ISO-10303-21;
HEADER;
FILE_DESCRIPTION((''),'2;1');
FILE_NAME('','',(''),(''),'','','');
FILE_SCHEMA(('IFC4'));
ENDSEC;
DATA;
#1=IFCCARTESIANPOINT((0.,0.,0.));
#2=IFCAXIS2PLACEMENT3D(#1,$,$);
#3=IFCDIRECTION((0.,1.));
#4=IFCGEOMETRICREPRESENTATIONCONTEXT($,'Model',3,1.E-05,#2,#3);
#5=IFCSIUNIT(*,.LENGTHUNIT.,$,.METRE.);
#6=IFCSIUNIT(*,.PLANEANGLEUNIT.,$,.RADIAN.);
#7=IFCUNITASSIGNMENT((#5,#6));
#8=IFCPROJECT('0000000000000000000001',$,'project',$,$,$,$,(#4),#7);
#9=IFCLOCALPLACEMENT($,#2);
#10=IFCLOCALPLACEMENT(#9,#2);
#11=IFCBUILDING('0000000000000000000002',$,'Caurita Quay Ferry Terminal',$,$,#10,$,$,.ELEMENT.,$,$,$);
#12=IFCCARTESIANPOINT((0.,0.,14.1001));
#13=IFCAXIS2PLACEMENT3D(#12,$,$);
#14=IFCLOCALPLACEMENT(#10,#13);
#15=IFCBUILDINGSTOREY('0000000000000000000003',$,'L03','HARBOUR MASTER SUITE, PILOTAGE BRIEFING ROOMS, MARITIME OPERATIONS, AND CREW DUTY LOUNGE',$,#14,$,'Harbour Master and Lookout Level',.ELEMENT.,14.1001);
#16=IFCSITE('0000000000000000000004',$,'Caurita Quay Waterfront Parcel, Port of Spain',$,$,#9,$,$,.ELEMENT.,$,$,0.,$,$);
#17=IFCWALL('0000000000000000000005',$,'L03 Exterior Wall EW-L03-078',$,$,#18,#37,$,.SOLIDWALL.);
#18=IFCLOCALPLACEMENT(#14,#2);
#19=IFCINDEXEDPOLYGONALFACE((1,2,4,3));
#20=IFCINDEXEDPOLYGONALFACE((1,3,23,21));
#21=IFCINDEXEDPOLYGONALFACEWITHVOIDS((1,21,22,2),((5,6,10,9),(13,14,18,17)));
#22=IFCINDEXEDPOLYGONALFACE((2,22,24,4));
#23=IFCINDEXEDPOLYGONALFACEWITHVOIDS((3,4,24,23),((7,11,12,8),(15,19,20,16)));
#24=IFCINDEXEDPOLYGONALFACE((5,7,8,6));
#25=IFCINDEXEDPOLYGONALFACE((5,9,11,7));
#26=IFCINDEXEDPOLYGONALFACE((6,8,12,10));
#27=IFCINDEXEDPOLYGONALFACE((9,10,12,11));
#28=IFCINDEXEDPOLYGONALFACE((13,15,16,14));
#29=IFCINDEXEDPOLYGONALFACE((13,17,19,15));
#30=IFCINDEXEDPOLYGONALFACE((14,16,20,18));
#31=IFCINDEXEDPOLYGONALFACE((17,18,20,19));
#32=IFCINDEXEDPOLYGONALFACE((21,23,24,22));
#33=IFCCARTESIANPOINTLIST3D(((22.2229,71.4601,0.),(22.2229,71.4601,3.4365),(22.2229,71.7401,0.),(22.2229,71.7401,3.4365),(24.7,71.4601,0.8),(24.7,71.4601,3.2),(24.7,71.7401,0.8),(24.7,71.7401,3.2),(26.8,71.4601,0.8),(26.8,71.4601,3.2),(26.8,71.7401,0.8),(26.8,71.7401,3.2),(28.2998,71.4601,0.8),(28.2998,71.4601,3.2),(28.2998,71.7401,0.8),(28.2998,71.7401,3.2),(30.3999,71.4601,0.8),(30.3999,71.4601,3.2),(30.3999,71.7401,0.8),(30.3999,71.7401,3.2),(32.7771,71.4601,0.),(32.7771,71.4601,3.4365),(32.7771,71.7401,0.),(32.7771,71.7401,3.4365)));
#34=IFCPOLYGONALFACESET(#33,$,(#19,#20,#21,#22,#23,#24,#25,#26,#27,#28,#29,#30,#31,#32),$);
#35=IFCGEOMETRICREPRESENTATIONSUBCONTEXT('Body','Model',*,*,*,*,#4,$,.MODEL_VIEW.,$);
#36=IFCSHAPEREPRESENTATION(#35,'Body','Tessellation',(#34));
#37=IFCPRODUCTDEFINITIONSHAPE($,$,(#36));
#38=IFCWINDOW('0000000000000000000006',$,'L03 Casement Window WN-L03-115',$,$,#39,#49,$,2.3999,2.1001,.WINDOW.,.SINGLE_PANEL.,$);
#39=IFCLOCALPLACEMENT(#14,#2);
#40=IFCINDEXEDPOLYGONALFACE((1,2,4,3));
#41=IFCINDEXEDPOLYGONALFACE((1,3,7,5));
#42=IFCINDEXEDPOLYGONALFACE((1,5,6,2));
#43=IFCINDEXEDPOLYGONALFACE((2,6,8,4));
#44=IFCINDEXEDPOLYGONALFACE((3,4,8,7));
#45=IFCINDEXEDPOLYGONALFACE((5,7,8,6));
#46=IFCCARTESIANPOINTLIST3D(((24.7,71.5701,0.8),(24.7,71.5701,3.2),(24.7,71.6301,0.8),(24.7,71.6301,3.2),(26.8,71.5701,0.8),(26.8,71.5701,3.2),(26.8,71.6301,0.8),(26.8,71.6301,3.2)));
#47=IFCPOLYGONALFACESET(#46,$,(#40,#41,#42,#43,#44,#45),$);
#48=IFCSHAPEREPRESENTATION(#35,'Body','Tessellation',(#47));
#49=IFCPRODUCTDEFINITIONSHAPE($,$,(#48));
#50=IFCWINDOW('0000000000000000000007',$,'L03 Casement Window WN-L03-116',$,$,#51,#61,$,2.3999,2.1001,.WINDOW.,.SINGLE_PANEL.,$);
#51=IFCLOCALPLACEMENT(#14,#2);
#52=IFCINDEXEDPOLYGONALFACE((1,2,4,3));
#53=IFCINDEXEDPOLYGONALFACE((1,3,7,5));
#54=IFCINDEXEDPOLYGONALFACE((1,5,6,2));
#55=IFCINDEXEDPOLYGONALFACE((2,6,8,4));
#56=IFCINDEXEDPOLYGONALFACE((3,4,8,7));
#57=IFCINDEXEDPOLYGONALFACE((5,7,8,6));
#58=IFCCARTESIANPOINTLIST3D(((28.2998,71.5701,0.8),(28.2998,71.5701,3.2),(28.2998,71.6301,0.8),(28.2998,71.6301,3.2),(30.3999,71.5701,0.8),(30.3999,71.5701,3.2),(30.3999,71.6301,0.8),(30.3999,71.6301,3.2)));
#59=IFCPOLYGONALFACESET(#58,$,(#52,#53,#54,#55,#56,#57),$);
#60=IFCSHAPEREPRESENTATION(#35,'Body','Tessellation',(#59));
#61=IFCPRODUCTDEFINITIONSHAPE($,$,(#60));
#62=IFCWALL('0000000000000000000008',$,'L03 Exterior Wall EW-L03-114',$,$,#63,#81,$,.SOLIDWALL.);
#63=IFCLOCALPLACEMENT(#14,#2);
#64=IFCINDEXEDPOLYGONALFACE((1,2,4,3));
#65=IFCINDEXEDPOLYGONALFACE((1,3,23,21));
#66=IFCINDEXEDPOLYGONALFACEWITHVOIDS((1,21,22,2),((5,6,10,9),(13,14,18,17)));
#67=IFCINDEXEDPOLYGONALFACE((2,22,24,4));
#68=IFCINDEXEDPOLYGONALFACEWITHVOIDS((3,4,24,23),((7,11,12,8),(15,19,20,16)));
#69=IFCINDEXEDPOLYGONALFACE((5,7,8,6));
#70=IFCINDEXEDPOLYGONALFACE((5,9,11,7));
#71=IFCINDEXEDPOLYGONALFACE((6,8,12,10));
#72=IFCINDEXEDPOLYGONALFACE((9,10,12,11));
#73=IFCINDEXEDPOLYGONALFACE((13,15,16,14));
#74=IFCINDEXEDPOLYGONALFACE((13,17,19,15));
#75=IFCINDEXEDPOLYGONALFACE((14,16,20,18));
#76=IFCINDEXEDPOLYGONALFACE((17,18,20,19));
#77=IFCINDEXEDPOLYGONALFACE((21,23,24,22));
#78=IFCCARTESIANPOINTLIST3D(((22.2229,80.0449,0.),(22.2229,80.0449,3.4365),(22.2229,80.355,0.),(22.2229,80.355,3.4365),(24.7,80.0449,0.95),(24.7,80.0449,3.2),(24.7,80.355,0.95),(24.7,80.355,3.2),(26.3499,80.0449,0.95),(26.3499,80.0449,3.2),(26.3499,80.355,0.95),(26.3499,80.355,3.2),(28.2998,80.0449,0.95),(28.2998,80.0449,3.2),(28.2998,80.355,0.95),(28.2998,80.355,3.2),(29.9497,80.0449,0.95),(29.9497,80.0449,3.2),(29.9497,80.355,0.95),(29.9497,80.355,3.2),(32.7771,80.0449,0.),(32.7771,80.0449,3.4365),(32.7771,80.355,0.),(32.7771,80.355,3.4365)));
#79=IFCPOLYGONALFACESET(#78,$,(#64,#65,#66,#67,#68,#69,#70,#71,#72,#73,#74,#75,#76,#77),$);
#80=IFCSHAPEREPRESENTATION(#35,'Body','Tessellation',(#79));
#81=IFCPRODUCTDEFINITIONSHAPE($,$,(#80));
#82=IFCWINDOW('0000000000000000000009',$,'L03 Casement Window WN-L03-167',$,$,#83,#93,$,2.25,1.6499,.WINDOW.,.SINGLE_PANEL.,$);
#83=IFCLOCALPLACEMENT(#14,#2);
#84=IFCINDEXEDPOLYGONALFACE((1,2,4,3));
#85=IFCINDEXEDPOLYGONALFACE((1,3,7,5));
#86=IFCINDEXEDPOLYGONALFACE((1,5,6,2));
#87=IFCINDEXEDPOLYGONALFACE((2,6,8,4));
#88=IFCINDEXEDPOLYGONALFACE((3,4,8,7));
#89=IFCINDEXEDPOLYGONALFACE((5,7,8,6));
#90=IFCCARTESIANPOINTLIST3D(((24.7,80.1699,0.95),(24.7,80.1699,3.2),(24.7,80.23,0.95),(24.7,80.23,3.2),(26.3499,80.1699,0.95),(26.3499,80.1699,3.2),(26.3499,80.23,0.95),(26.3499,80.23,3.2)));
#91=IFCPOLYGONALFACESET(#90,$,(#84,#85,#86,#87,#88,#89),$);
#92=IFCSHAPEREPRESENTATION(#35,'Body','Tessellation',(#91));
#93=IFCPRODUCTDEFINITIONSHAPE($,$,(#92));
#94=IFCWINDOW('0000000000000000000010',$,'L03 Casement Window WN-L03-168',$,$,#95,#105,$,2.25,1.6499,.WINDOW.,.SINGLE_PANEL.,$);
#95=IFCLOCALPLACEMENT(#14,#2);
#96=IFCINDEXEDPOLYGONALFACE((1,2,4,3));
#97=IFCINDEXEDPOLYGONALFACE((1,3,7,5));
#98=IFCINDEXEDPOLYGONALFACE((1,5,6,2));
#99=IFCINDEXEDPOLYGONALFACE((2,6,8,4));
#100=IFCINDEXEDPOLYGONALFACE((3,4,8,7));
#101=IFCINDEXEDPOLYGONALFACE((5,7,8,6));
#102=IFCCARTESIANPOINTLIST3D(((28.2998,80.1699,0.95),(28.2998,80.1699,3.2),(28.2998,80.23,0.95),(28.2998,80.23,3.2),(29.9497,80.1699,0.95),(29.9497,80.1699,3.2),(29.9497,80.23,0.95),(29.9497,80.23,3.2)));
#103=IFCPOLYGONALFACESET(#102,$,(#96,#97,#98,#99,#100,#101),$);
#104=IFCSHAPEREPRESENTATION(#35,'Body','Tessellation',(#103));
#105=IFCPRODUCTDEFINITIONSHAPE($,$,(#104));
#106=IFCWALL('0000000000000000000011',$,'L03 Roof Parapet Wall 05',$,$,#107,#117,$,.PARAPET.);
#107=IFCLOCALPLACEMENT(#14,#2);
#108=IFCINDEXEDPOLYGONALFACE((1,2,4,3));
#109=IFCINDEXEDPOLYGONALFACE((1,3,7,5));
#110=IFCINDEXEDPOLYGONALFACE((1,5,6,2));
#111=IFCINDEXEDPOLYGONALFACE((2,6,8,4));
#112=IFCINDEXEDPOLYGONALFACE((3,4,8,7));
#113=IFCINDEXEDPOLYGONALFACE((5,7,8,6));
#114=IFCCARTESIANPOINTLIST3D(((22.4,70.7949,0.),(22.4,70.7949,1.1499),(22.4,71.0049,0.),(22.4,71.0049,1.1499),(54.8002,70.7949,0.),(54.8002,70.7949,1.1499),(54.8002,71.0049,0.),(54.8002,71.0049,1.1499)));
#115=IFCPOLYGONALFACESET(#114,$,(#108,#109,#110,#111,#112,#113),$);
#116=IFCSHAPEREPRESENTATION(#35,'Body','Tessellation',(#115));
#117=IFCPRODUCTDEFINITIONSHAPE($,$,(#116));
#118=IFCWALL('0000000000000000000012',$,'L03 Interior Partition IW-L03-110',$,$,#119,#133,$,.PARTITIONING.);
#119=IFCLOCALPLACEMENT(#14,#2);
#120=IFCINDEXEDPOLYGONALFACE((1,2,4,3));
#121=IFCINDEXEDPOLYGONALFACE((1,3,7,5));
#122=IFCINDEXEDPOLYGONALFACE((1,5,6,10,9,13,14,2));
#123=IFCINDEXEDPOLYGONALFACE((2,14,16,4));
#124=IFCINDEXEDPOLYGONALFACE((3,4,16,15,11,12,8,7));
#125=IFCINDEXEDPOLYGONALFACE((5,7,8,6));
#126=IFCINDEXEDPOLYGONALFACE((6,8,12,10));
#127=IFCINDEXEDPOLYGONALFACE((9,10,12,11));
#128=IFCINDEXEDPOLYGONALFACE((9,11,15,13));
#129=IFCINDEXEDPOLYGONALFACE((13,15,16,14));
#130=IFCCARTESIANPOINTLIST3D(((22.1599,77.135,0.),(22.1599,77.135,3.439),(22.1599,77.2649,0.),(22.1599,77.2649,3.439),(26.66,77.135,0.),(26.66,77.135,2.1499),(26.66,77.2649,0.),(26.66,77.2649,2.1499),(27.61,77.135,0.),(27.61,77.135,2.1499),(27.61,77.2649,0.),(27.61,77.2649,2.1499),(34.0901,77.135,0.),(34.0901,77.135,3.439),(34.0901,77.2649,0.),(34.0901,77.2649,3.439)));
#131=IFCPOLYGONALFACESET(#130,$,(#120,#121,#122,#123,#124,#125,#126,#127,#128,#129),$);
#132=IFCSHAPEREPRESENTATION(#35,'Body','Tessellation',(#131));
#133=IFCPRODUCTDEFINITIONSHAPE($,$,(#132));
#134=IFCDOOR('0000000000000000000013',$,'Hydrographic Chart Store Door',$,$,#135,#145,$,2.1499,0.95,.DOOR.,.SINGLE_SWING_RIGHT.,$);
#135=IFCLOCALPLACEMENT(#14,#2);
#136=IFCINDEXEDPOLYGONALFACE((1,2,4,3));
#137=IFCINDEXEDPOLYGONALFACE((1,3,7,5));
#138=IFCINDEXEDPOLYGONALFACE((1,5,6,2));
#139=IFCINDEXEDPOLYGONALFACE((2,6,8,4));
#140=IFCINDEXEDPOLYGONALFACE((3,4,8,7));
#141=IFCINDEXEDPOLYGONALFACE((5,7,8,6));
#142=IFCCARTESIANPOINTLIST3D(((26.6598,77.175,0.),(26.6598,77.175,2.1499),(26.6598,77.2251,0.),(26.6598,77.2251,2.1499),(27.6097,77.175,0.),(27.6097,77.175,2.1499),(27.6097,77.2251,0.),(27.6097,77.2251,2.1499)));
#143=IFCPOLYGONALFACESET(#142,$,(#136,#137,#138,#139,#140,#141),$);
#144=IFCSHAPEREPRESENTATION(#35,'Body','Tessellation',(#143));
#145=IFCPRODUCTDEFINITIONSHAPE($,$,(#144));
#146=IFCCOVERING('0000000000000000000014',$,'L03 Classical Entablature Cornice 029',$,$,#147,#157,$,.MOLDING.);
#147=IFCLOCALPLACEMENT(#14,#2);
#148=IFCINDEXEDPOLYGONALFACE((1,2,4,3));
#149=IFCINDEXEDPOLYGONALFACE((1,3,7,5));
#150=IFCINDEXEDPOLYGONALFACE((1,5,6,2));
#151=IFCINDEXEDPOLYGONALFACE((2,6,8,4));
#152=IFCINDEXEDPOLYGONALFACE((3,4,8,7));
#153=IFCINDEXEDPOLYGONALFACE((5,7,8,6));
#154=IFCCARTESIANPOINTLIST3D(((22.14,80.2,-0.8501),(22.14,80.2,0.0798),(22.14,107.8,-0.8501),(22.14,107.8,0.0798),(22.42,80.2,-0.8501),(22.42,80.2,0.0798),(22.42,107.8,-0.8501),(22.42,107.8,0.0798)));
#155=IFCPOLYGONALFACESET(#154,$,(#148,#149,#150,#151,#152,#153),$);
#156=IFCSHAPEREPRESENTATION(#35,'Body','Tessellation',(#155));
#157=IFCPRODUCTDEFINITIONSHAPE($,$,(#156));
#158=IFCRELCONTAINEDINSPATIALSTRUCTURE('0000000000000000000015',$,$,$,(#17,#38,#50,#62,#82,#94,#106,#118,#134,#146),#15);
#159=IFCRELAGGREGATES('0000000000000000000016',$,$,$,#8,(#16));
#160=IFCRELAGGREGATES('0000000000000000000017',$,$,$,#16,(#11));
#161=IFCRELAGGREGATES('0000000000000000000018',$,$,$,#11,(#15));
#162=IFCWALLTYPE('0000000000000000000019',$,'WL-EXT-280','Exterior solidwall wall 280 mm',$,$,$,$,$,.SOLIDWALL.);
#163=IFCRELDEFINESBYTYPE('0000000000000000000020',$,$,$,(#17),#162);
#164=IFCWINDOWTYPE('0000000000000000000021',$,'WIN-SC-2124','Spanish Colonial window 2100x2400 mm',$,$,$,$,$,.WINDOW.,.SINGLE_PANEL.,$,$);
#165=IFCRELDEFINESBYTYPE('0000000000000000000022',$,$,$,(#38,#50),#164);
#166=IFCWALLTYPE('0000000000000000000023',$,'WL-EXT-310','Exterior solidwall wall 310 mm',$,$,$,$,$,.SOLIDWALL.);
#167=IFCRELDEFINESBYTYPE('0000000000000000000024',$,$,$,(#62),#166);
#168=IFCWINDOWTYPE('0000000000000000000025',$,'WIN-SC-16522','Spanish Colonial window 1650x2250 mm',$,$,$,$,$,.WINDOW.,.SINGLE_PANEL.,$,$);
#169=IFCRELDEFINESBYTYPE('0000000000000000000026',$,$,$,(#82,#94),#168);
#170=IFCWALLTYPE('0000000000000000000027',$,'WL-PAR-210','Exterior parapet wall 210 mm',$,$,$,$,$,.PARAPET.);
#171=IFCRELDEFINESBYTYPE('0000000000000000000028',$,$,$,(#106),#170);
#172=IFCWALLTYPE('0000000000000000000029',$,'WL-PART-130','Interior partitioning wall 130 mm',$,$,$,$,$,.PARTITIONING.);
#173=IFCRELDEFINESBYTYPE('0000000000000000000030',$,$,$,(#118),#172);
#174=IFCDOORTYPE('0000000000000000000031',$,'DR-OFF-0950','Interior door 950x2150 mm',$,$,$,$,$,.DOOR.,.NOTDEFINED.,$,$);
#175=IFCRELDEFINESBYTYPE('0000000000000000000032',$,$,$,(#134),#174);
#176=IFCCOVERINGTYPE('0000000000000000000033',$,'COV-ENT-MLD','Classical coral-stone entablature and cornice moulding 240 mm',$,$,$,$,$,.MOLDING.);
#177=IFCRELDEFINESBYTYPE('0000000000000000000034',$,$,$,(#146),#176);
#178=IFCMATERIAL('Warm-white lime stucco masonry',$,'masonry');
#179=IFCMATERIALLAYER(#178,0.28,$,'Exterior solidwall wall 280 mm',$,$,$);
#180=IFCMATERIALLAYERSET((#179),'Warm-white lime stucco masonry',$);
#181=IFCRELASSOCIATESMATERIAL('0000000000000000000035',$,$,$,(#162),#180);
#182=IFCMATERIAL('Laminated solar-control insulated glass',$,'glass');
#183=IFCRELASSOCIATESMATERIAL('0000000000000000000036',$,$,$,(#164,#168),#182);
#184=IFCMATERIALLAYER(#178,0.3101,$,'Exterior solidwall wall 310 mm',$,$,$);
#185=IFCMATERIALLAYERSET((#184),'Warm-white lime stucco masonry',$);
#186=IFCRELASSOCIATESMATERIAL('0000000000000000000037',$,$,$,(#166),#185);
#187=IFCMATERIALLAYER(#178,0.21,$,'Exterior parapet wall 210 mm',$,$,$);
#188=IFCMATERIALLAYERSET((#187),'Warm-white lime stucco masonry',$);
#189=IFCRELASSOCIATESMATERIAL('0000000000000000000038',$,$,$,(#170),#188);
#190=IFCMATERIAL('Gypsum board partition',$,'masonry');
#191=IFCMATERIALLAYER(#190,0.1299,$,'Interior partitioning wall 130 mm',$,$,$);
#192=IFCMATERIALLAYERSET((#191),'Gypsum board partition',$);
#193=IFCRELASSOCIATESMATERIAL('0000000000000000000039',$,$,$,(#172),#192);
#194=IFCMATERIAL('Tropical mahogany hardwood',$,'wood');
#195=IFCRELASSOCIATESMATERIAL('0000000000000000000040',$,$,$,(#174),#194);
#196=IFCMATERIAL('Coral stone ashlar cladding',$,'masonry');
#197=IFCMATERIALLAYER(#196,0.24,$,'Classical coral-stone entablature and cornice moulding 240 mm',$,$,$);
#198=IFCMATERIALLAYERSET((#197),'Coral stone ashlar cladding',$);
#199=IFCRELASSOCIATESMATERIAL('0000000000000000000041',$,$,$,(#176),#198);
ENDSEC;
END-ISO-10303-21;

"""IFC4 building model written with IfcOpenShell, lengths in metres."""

from ifc_helpers import new_model, si_unit, direction, frame, frame_2d, origin, place, context, subcontext, project, spatial, rectangle, extrude, material, layer, layer_set, type_object, element, fill, save


model = new_model("IFC4")

# Units and contexts
model_context = context("Model", 3, precision=1e-05, world=origin(), true_north=direction((0.0, 1.0)))
body_context = subcontext(model_context, "Body", "Model", "MODEL_VIEW")
ifc_project = project(units=[si_unit("LENGTHUNIT", "METRE"), si_unit("PLANEANGLEUNIT", "RADIAN")], contexts=[model_context])

# Site, building, storey
site_placement = place(None, origin())
site = spatial("IfcSite", under=ifc_project, at=site_placement, Name="Caurita Quay Waterfront Parcel, Port of Spain", CompositionType="ELEMENT", RefElevation=0.0)
building_placement = place(site_placement, origin())
building = spatial("IfcBuilding", under=site, at=building_placement, Name="Caurita Quay Ferry Terminal", CompositionType="ELEMENT")
storey_placement = place(building_placement, frame((0.0, 0.0, 14.1001)))
storey = spatial("IfcBuildingStorey", under=building, at=storey_placement, Name="L03", Description="HARBOUR MASTER SUITE, PILOTAGE BRIEFING ROOMS, MARITIME OPERATIONS, AND CREW DUTY LOUNGE", LongName="Harbour Master and Lookout Level", CompositionType="ELEMENT", Elevation=14.1001)

# Walls, openings, windows
ifc_material_1 = material(Name="Warm-white lime stucco masonry", Category="masonry")
ifc_layer_1 = layer(ifc_material_1, 0.28, Name="Exterior solidwall wall 280 mm")
ifc_layer_set_1 = layer_set([ifc_layer_1], Name="Warm-white lime stucco masonry")
wall_type_1 = type_object("IfcWallType", Name="WL-EXT-280", Description="Exterior solidwall wall 280 mm", PredefinedType="SOLIDWALL", material=ifc_layer_set_1)
wall_1_placement = place(storey_placement, frame((22.2229, 71.6001, 0.0), z_axis=(0.0, 0.0, 1.0), x_axis=(1.0, 0.0, 0.0)))
wall_1 = element("IfcWall", 1, at=wall_1_placement, inside=storey, type_object=wall_type_1, Name="L03 Exterior Wall EW-L03-078", PredefinedType="SOLIDWALL", context=body_context, shape_type="SweptSolid", body=[
    extrude(rectangle(XDim=10.5542, YDim=0.28, at=frame_2d((5.2771, 0.0))), origin(), (0.0, 0.0, 1.0), 3.4365),
])
opening_1_placement = place(wall_1_placement, frame((2.4771, 0.0, 0.8)))
opening_1 = element("IfcOpeningElement", 2, at=opening_1_placement, cuts=wall_1, PredefinedType="OPENING", context=body_context, shape_type="SweptSolid", body=[
    extrude(rectangle(XDim=2.1001, YDim=2.3999, at=frame_2d((1.05, 1.2))), frame((0.0, 0.1499, 0.0), z_axis=(0.0, -1.0, 0.0), x_axis=(1.0, 0.0, 0.0)), (0.0, 0.0, 1.0), 0.3),
])
opening_2_placement = place(wall_1_placement, frame((6.0769, 0.0, 0.8)))
opening_2 = element("IfcOpeningElement", 3, at=opening_2_placement, cuts=wall_1, PredefinedType="OPENING", context=body_context, shape_type="SweptSolid", body=[
    extrude(rectangle(XDim=2.1001, YDim=2.3999, at=frame_2d((1.05, 1.2))), frame((0.0, 0.1499, 0.0), z_axis=(0.0, -1.0, 0.0), x_axis=(1.0, 0.0, 0.0)), (0.0, 0.0, 1.0), 0.3),
])
ifc_material_2 = material(Name="Laminated solar-control insulated glass", Category="glass")
window_type_1 = type_object("IfcWindowType", Name="WIN-SC-2124", Description="Spanish Colonial window 2100x2400 mm", PartitioningType="SINGLE_PANEL", PredefinedType="WINDOW", material=ifc_material_2)
window_1_placement = place(opening_1_placement, origin())
window_1 = element("IfcWindow", 4, at=window_1_placement, inside=storey, type_object=window_type_1, Name="L03 Casement Window WN-L03-115", OverallHeight=2.3999, OverallWidth=2.1001, PartitioningType="SINGLE_PANEL", PredefinedType="WINDOW", context=body_context, shape_type="SweptSolid", body=[
    extrude(rectangle(XDim=2.1001, YDim=2.3999, at=frame_2d((1.05, 1.2))), frame((0.0, 0.03, 0.0), z_axis=(0.0, -1.0, 0.0), x_axis=(1.0, 0.0, 0.0)), (0.0, 0.0, 1.0), 0.0601),
])
fill(opening_1, window_1)
window_2_placement = place(opening_2_placement, origin())
window_2 = element("IfcWindow", 5, at=window_2_placement, inside=storey, type_object=window_type_1, Name="L03 Casement Window WN-L03-116", OverallHeight=2.3999, OverallWidth=2.1001, PartitioningType="SINGLE_PANEL", PredefinedType="WINDOW", context=body_context, shape_type="SweptSolid", body=[
    extrude(rectangle(XDim=2.1001, YDim=2.3999, at=frame_2d((1.05, 1.2))), frame((0.0, 0.03, 0.0), z_axis=(0.0, -1.0, 0.0), x_axis=(1.0, 0.0, 0.0)), (0.0, 0.0, 1.0), 0.0601),
])
fill(opening_2, window_2)
ifc_layer_2 = layer(ifc_material_1, 0.3101, Name="Exterior solidwall wall 310 mm")
ifc_layer_set_2 = layer_set([ifc_layer_2], Name="Warm-white lime stucco masonry")
wall_type_2 = type_object("IfcWallType", Name="WL-EXT-310", Description="Exterior solidwall wall 310 mm", PredefinedType="SOLIDWALL", material=ifc_layer_set_2)
wall_2_placement = place(storey_placement, frame((22.2229, 80.2, 0.0), z_axis=(0.0, 0.0, 1.0), x_axis=(1.0, 0.0, 0.0)))
wall_2 = element("IfcWall", 6, at=wall_2_placement, inside=storey, type_object=wall_type_2, Name="L03 Exterior Wall EW-L03-114", PredefinedType="SOLIDWALL", context=body_context, shape_type="SweptSolid", body=[
    extrude(rectangle(XDim=10.5542, YDim=0.3101, at=frame_2d((5.2771, 0.0))), origin(), (0.0, 0.0, 1.0), 3.4365),
])
opening_3_placement = place(wall_2_placement, frame((2.4771, 0.0, 0.95)))
opening_3 = element("IfcOpeningElement", 7, at=opening_3_placement, cuts=wall_2, PredefinedType="OPENING", context=body_context, shape_type="SweptSolid", body=[
    extrude(rectangle(XDim=1.6499, YDim=2.25, at=frame_2d((0.825, 1.125))), frame((0.0, 0.165, 0.0), z_axis=(0.0, -1.0, 0.0), x_axis=(1.0, 0.0, 0.0)), (0.0, 0.0, 1.0), 0.3301),
])
opening_4_placement = place(wall_2_placement, frame((6.0769, 0.0, 0.95)))
opening_4 = element("IfcOpeningElement", 8, at=opening_4_placement, cuts=wall_2, PredefinedType="OPENING", context=body_context, shape_type="SweptSolid", body=[
    extrude(rectangle(XDim=1.6499, YDim=2.25, at=frame_2d((0.825, 1.125))), frame((0.0, 0.165, 0.0), z_axis=(0.0, -1.0, 0.0), x_axis=(1.0, 0.0, 0.0)), (0.0, 0.0, 1.0), 0.3301),
])
window_type_2 = type_object("IfcWindowType", Name="WIN-SC-16522", Description="Spanish Colonial window 1650x2250 mm", PartitioningType="SINGLE_PANEL", PredefinedType="WINDOW", material=ifc_material_2)
window_3_placement = place(opening_3_placement, origin())
window_3 = element("IfcWindow", 9, at=window_3_placement, inside=storey, type_object=window_type_2, Name="L03 Casement Window WN-L03-167", OverallHeight=2.25, OverallWidth=1.6499, PartitioningType="SINGLE_PANEL", PredefinedType="WINDOW", context=body_context, shape_type="SweptSolid", body=[
    extrude(rectangle(XDim=1.6499, YDim=2.25, at=frame_2d((0.825, 1.125))), frame((0.0, 0.03, 0.0), z_axis=(0.0, -1.0, 0.0), x_axis=(1.0, 0.0, 0.0)), (0.0, 0.0, 1.0), 0.0601),
])
fill(opening_3, window_3)
window_4_placement = place(opening_4_placement, origin())
window_4 = element("IfcWindow", 10, at=window_4_placement, inside=storey, type_object=window_type_2, Name="L03 Casement Window WN-L03-168", OverallHeight=2.25, OverallWidth=1.6499, PartitioningType="SINGLE_PANEL", PredefinedType="WINDOW", context=body_context, shape_type="SweptSolid", body=[
    extrude(rectangle(XDim=1.6499, YDim=2.25, at=frame_2d((0.825, 1.125))), frame((0.0, 0.03, 0.0), z_axis=(0.0, -1.0, 0.0), x_axis=(1.0, 0.0, 0.0)), (0.0, 0.0, 1.0), 0.0601),
])
fill(opening_4, window_4)

# Wall
ifc_layer_3 = layer(ifc_material_1, 0.21, Name="Exterior parapet wall 210 mm")
ifc_layer_set_3 = layer_set([ifc_layer_3], Name="Warm-white lime stucco masonry")
wall_type_3 = type_object("IfcWallType", Name="WL-PAR-210", Description="Exterior parapet wall 210 mm", PredefinedType="PARAPET", material=ifc_layer_set_3)
wall_3_placement = place(storey_placement, frame((22.3999, 70.8999, 0.0), z_axis=(0.0, 0.0, 1.0), x_axis=(1.0, 0.0, 0.0)))
element("IfcWall", 11, at=wall_3_placement, inside=storey, type_object=wall_type_3, Name="L03 Roof Parapet Wall 05", PredefinedType="PARAPET", context=body_context, shape_type="SweptSolid", body=[
    extrude(rectangle(XDim=32.4001, YDim=0.21, at=frame_2d((16.2002, 0.0))), origin(), (0.0, 0.0, 1.0), 1.1499),
])

# Wall, opening, door
ifc_material_3 = material(Name="Gypsum board partition", Category="masonry")
ifc_layer_4 = layer(ifc_material_3, 0.1299, Name="Interior partitioning wall 130 mm")
ifc_layer_set_4 = layer_set([ifc_layer_4], Name="Gypsum board partition")
wall_type_4 = type_object("IfcWallType", Name="WL-PART-130", Description="Interior partitioning wall 130 mm", PredefinedType="PARTITIONING", material=ifc_layer_set_4)
wall_4_placement = place(storey_placement, frame((22.1599, 77.2, 0.0), z_axis=(0.0, 0.0, 1.0), x_axis=(1.0, 0.0, 0.0)))
wall_4 = element("IfcWall", 12, at=wall_4_placement, inside=storey, type_object=wall_type_4, Name="L03 Interior Partition IW-L03-110", PredefinedType="PARTITIONING", context=body_context, shape_type="SweptSolid", body=[
    extrude(rectangle(XDim=11.9302, YDim=0.1299, at=frame_2d((5.9651, 0.0))), origin(), (0.0, 0.0, 1.0), 3.439),
])
opening_5_placement = place(wall_4_placement, frame((4.5, 0.0, 0.0)))
opening_5 = element("IfcOpeningElement", 13, at=opening_5_placement, cuts=wall_4, PredefinedType="OPENING", context=body_context, shape_type="SweptSolid", body=[
    extrude(rectangle(XDim=0.95, YDim=2.1499, at=frame_2d((0.4751, 1.075))), frame((0.0, 0.075, 0.0), z_axis=(0.0, -1.0, 0.0), x_axis=(1.0, 0.0, 0.0)), (0.0, 0.0, 1.0), 0.1499),
])
ifc_material_4 = material(Name="Tropical mahogany hardwood", Category="wood")
door_type = type_object("IfcDoorType", Name="DR-OFF-0950", Description="Interior door 950x2150 mm", OperationType="NOTDEFINED", PredefinedType="DOOR", material=ifc_material_4)
door_placement = place(opening_5_placement, frame((0.95, 0.0, 0.0), z_axis=(0.0, 0.0, 1.0), x_axis=(-1.0, 0.0, 0.0)))
door = element("IfcDoor", 14, at=door_placement, inside=storey, type_object=door_type, Name="Hydrographic Chart Store Door", OperationType="SINGLE_SWING_RIGHT", OverallHeight=2.1499, OverallWidth=0.95, PredefinedType="DOOR", context=body_context, shape_type="SweptSolid", body=[
    extrude(rectangle(XDim=0.95, YDim=2.1499, at=frame_2d((0.4751, 1.075))), frame((0.0, 0.0249, 0.0), z_axis=(0.0, -1.0, 0.0), x_axis=(1.0, 0.0, 0.0)), (0.0, 0.0, 1.0), 0.05),
])
fill(opening_5, door)

# Covering
ifc_material_5 = material(Name="Coral stone ashlar cladding", Category="masonry")
ifc_layer_5 = layer(ifc_material_5, 0.24, Name="Classical coral-stone entablature and cornice moulding 240 mm")
ifc_layer_set_5 = layer_set([ifc_layer_5], Name="Coral stone ashlar cladding")
covering_type_1 = type_object("IfcCoveringType", Name="COV-ENT-MLD", Description="Classical coral-stone entablature and cornice moulding 240 mm", PredefinedType="MOLDING", material=ifc_layer_set_5)
covering_placement = place(storey_placement, frame((22.28, 80.2, -0.8501), z_axis=(0.0, 0.0, 1.0), x_axis=(0.0, 1.0, 0.0)))
element("IfcCovering", 15, at=covering_placement, inside=storey, type_object=covering_type_1, Name="L03 Classical Entablature Cornice 029", PredefinedType="MOLDING", context=body_context, shape_type="SweptSolid", body=[
    extrude(rectangle(XDim=27.6001, YDim=0.28, at=frame_2d((13.8, 0.0))), origin(), (0.0, 0.0, 1.0), 0.9299),
])

save(model, "model.ifc")
